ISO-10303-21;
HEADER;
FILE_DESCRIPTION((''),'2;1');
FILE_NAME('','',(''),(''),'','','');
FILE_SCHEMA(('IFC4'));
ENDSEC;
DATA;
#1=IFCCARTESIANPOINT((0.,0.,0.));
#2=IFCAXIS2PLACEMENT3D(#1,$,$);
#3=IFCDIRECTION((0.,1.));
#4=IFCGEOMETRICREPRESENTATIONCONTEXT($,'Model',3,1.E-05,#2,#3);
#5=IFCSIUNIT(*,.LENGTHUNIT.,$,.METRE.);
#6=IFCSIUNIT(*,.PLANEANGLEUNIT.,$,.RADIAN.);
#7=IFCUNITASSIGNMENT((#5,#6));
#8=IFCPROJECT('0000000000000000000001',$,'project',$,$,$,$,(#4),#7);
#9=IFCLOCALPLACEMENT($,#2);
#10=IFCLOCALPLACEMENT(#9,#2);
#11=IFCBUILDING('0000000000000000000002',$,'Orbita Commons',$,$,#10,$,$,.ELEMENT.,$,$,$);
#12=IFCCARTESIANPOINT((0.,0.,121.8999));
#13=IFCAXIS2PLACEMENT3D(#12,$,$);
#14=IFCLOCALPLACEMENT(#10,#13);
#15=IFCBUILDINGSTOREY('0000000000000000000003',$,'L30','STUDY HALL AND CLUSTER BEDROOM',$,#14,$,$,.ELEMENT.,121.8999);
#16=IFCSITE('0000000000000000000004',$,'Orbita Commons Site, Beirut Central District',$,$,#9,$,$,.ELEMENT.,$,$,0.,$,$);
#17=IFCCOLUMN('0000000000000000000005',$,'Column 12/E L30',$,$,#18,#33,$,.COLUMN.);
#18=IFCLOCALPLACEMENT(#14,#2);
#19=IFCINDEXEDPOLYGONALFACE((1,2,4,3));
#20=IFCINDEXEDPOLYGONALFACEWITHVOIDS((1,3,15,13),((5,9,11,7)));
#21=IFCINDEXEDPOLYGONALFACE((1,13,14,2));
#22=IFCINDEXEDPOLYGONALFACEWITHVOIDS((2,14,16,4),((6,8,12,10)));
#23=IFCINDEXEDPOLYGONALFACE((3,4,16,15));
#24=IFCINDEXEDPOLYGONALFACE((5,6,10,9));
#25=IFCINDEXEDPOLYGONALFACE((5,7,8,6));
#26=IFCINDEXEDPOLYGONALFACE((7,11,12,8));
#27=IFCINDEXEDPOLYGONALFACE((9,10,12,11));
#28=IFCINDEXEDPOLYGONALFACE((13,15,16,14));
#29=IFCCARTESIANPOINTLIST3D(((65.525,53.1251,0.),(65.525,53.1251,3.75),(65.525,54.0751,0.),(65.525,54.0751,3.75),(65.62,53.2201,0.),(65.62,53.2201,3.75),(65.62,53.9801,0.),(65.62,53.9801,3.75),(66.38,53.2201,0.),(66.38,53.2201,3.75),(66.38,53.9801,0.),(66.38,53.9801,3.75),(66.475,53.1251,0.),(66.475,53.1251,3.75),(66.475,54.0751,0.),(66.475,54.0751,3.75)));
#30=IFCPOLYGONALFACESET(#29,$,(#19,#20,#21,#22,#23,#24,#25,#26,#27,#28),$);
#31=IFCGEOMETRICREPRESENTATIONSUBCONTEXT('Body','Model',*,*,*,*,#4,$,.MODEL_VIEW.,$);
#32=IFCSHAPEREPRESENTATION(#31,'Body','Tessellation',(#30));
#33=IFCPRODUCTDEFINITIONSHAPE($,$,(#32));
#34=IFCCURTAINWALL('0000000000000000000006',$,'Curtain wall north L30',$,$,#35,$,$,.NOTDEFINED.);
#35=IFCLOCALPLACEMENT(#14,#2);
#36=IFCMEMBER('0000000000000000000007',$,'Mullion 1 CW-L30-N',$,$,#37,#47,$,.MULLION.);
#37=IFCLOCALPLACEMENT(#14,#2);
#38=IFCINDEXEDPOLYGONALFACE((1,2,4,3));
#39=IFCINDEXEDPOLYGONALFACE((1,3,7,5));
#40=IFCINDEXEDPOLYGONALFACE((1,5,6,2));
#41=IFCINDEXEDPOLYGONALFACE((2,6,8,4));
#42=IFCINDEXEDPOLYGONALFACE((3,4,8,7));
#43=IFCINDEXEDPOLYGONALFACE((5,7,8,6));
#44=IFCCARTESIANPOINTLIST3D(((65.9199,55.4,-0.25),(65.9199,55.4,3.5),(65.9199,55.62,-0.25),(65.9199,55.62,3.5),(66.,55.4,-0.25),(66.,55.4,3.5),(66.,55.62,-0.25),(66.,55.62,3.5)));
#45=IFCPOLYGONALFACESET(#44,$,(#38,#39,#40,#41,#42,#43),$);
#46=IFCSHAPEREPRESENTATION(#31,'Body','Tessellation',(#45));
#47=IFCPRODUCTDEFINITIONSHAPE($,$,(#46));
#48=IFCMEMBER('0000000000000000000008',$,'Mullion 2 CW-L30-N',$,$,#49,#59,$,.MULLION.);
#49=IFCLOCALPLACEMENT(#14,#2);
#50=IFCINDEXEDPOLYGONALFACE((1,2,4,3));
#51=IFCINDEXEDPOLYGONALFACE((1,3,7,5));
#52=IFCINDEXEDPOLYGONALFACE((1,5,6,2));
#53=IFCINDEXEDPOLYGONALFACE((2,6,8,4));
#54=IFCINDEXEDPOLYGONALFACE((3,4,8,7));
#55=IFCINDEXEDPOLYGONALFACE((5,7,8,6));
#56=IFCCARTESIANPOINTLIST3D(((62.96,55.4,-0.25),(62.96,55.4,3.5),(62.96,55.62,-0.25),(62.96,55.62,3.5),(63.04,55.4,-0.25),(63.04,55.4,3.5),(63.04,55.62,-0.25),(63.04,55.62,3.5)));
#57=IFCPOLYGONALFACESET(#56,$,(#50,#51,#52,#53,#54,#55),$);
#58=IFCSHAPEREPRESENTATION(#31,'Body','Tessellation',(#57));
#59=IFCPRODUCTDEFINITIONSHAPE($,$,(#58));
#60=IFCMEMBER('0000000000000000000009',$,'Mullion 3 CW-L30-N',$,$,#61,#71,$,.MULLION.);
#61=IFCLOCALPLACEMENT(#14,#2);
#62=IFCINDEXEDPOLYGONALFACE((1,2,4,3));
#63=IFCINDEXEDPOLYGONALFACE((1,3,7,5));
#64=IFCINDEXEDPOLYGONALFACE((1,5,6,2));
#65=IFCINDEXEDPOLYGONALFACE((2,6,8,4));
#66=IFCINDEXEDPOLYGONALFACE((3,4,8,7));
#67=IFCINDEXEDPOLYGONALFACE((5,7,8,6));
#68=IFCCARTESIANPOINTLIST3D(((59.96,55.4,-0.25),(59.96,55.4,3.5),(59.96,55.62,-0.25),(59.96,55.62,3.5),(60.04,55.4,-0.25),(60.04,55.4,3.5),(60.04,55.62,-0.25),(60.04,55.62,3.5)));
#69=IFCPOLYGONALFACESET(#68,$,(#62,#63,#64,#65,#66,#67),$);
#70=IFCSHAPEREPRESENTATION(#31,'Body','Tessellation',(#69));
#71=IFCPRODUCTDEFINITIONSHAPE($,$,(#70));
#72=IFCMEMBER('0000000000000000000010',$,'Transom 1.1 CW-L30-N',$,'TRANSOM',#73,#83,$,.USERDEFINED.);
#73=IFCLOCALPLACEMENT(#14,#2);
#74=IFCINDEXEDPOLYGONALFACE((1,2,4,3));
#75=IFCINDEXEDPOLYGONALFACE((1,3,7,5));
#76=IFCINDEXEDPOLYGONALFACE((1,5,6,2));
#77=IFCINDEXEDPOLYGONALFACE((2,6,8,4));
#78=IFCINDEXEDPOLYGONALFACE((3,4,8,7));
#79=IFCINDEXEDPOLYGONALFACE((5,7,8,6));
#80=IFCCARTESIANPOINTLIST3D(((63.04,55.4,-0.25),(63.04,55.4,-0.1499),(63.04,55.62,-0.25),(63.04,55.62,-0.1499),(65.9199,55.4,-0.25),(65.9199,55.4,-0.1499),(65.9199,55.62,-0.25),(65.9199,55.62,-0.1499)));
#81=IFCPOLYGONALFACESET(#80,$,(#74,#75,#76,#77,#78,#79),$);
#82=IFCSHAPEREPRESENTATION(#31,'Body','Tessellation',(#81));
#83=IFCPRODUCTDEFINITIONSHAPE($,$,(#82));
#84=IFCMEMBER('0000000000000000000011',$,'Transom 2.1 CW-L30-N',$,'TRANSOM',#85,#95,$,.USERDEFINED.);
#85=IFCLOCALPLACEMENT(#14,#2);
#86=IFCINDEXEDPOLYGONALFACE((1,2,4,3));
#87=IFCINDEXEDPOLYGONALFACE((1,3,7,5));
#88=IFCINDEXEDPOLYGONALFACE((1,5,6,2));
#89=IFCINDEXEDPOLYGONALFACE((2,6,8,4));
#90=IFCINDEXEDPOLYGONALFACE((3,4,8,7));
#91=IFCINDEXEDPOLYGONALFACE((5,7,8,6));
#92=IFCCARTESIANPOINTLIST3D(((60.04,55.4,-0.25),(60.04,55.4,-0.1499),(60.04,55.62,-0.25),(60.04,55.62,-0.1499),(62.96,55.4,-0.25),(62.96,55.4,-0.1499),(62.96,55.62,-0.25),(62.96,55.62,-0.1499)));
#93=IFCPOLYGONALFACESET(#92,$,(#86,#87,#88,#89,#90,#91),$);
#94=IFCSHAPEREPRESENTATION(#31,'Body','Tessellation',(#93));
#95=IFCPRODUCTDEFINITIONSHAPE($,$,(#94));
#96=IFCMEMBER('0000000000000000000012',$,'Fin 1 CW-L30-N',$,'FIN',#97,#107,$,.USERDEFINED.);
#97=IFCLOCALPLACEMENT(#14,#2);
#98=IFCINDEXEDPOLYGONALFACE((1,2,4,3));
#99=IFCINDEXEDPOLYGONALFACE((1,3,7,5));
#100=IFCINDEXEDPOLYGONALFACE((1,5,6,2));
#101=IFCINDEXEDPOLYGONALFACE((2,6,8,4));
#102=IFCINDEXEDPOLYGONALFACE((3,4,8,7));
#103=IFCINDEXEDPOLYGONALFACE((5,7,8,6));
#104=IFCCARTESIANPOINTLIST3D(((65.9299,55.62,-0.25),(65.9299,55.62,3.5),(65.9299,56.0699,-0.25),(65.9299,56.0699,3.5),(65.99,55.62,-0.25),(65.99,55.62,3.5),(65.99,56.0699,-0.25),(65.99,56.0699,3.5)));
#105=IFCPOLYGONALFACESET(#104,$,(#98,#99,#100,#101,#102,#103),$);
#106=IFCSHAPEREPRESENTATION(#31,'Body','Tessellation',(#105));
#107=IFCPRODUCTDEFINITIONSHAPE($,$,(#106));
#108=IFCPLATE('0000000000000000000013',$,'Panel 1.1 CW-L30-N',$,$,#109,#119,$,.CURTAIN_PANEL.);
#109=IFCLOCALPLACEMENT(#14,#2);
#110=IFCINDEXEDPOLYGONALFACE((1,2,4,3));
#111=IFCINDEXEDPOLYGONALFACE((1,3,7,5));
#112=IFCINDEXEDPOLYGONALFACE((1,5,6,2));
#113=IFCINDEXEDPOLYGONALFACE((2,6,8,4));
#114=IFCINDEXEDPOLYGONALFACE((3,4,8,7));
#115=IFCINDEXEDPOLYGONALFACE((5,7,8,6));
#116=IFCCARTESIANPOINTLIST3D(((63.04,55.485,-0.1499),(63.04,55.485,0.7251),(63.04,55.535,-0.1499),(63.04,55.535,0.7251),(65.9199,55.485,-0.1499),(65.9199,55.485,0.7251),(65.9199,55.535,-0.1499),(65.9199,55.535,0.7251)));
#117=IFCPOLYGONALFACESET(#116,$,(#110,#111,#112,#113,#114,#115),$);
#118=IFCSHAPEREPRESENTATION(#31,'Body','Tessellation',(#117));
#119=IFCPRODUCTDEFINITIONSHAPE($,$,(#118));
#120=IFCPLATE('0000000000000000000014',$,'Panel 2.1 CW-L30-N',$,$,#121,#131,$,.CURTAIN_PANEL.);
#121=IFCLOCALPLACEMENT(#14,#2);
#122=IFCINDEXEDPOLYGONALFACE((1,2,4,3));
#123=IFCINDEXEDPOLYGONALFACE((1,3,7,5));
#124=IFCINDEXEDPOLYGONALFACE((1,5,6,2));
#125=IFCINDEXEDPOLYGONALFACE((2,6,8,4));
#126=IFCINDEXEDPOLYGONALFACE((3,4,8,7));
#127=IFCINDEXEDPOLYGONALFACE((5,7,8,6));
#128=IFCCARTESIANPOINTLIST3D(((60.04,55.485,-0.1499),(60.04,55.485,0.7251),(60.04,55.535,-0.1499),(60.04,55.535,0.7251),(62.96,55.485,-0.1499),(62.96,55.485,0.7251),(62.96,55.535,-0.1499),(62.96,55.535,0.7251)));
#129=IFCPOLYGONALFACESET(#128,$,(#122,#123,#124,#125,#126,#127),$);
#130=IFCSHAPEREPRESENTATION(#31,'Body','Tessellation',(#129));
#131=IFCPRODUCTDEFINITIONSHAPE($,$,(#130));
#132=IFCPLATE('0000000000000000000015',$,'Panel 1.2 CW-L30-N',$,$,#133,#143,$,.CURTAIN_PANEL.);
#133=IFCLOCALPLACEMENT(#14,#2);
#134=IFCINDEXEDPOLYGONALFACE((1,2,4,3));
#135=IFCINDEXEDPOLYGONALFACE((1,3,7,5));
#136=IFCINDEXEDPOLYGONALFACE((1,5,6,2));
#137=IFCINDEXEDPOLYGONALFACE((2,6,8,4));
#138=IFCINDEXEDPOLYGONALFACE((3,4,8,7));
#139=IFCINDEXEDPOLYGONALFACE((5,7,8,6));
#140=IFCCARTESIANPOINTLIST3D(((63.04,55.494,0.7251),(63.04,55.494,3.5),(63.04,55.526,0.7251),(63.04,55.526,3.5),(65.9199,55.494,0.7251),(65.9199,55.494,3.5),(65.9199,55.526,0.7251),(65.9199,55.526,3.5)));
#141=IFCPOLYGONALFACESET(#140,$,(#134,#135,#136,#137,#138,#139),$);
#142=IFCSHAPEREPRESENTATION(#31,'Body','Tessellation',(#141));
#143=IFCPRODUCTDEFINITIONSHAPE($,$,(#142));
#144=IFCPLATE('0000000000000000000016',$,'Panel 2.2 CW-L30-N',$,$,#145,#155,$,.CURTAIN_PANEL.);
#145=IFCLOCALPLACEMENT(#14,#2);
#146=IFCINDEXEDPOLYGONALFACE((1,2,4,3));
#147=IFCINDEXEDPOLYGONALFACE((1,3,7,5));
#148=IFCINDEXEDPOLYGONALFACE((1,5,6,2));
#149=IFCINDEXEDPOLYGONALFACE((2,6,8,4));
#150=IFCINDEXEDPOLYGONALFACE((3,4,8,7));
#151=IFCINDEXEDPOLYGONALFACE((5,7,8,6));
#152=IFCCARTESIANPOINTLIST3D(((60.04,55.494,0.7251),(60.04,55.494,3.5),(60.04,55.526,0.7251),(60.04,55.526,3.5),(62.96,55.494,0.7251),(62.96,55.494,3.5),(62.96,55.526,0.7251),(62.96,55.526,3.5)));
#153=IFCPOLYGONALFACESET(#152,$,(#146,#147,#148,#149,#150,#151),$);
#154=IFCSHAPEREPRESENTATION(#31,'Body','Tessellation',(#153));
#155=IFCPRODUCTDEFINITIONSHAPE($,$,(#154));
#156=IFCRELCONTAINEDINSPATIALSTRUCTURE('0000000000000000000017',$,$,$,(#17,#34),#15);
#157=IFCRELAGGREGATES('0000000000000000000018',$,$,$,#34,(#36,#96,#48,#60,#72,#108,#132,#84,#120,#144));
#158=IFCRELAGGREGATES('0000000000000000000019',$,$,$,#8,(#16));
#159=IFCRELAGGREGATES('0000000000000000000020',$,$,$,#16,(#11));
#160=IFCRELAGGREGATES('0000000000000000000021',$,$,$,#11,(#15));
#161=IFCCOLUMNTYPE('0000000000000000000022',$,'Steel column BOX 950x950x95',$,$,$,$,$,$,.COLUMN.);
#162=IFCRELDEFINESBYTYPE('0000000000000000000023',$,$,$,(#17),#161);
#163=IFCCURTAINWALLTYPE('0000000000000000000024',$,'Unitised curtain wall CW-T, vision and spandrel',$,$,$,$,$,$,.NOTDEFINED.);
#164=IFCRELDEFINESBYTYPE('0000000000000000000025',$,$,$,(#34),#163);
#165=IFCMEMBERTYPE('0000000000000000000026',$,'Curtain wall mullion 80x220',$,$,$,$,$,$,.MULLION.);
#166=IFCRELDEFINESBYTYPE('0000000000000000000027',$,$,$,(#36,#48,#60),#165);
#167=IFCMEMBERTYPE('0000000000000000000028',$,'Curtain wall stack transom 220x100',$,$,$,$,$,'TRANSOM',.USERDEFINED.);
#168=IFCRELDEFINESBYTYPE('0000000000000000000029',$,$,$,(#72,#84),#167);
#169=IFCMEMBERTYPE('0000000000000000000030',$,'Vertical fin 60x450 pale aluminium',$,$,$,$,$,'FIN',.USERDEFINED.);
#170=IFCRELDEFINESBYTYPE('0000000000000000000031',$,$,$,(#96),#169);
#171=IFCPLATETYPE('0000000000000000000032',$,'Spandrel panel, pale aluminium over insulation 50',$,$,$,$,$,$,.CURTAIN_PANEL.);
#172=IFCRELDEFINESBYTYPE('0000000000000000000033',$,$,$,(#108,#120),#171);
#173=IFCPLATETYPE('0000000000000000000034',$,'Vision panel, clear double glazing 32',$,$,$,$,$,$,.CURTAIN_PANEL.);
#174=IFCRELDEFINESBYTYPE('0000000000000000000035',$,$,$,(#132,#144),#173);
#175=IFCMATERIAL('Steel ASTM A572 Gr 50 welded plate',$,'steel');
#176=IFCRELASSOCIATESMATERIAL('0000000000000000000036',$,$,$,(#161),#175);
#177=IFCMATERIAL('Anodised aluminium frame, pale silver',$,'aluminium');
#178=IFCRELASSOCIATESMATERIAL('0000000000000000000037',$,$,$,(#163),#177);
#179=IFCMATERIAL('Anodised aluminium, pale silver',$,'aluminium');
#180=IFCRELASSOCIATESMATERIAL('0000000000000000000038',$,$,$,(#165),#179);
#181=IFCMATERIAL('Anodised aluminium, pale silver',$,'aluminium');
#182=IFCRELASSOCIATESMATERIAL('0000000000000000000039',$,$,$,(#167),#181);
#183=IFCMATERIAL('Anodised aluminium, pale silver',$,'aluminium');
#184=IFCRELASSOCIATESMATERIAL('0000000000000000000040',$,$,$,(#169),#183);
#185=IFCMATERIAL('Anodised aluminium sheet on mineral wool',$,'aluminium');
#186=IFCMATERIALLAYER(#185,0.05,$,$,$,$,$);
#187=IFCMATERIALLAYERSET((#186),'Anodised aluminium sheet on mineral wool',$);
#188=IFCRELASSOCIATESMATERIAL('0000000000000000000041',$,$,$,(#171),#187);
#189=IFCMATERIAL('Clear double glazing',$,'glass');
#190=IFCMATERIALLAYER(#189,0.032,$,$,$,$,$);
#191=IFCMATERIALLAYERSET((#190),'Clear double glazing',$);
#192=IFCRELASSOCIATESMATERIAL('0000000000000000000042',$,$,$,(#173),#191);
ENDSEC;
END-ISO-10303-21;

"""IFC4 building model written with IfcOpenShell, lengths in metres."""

from ifc_helpers import new_model, si_unit, direction, frame, origin, origin_2d, place, context, subcontext, project, spatial, rectangle, hollow_rectangle, extrude, material, layer, layer_set, material_profile, profile_set, type_object, element, aggregate, save


model = new_model("IFC4")

# Units and contexts
model_context = context("Model", 3, precision=1e-05, world=origin(), true_north=direction((0.0, 1.0)))
body_context = subcontext(model_context, "Body", "Model", "MODEL_VIEW")
ifc_project = project(units=[si_unit("LENGTHUNIT", "METRE"), si_unit("PLANEANGLEUNIT", "RADIAN")], contexts=[model_context])

# Site, building, storey
site_placement = place(None, origin())
site = spatial("IfcSite", under=ifc_project, at=site_placement, Name="Orbita Commons Site, Beirut Central District", CompositionType="ELEMENT", RefElevation=0.0)
building_placement = place(site_placement, origin())
building = spatial("IfcBuilding", under=site, at=building_placement, Name="Orbita Commons", CompositionType="ELEMENT")
storey_placement = place(building_placement, frame((0.0, 0.0, 121.8999)))
storey = spatial("IfcBuildingStorey", under=building, at=storey_placement, Name="L30", Description="STUDY HALL AND CLUSTER BEDROOM", CompositionType="ELEMENT", Elevation=121.8999)

# Column
ifc_material_1 = material(Name="Steel ASTM A572 Gr 50 welded plate", Category="steel")
ifc_material_profile_1 = material_profile(ifc_material_1, hollow_rectangle(XDim=0.95, YDim=0.95, WallThickness=0.095, at=origin_2d()), Name="BOX 950x950x95")
ifc_profile_set_1 = profile_set([ifc_material_profile_1], Name="Steel ASTM A572 Gr 50 welded plate")
column_type = type_object("IfcColumnType", Name="Steel column BOX 950x950x95", PredefinedType="COLUMN", material=ifc_profile_set_1)
column_placement = place(storey_placement, frame((66.0, 53.6001, 0.0), z_axis=(0.0, 0.0, 1.0), x_axis=(1.0, 0.0, 0.0)))
element("IfcColumn", 1, at=column_placement, inside=storey, type_object=column_type, Name="Column 12/E L30", PredefinedType="COLUMN", context=body_context, shape_type="SweptSolid", body=[
    extrude(hollow_rectangle(XDim=0.95, YDim=0.95, WallThickness=0.095, at=origin_2d()), origin(), (0.0, 0.0, 1.0), 3.75),
])

# Curtain wall, members, plates
ifc_material_2 = material(Name="Anodised aluminium frame, pale silver", Category="aluminium")
curtain_wall_type = type_object("IfcCurtainWallType", Name="Unitised curtain wall CW-T, vision and spandrel", PredefinedType="NOTDEFINED", material=ifc_material_2)
curtain_wall_placement = place(storey_placement, origin())
curtain_wall = element("IfcCurtainWall", 2, at=curtain_wall_placement, inside=storey, type_object=curtain_wall_type, Name="Curtain wall north L30", PredefinedType="NOTDEFINED")
ifc_material_3 = material(Name="Anodised aluminium, pale silver", Category="aluminium")
ifc_material_profile_2 = material_profile(ifc_material_3, rectangle(XDim=0.0801, YDim=0.22, at=origin_2d()), Name="AL 80x220")
ifc_profile_set_2 = profile_set([ifc_material_profile_2], Name="Anodised aluminium, pale silver")
member_type_1 = type_object("IfcMemberType", Name="Curtain wall mullion 80x220", PredefinedType="MULLION", material=ifc_profile_set_2)
member_1_placement = place(storey_placement, frame((65.96, 55.51, -0.25), z_axis=(0.0, 0.0, 1.0), x_axis=(-1.0, 0.0, 0.0)))
member_1 = element("IfcMember", 3, at=member_1_placement, type_object=member_type_1, Name="Mullion 1 CW-L30-N", PredefinedType="MULLION", context=body_context, shape_type="SweptSolid", body=[
    extrude(rectangle(XDim=0.0801, YDim=0.22, at=origin_2d()), origin(), (0.0, 0.0, 1.0), 3.75),
])
member_2_placement = place(storey_placement, frame((63.0, 55.51, -0.25), z_axis=(0.0, 0.0, 1.0), x_axis=(-1.0, 0.0, 0.0)))
member_2 = element("IfcMember", 4, at=member_2_placement, type_object=member_type_1, Name="Mullion 2 CW-L30-N", PredefinedType="MULLION", context=body_context, shape_type="SweptSolid", body=[
    extrude(rectangle(XDim=0.0801, YDim=0.22, at=origin_2d()), origin(), (0.0, 0.0, 1.0), 3.75),
])
member_3_placement = place(storey_placement, frame((60.0, 55.51, -0.25), z_axis=(0.0, 0.0, 1.0), x_axis=(-1.0, 0.0, 0.0)))
member_3 = element("IfcMember", 5, at=member_3_placement, type_object=member_type_1, Name="Mullion 3 CW-L30-N", PredefinedType="MULLION", context=body_context, shape_type="SweptSolid", body=[
    extrude(rectangle(XDim=0.0801, YDim=0.22, at=origin_2d()), origin(), (0.0, 0.0, 1.0), 3.75),
])
ifc_material_4 = material(Name="Anodised aluminium, pale silver", Category="aluminium")
ifc_material_profile_3 = material_profile(ifc_material_4, rectangle(XDim=0.22, YDim=0.1001, at=origin_2d()), Name="AL 220x100")
ifc_profile_set_3 = profile_set([ifc_material_profile_3], Name="Anodised aluminium, pale silver")
member_type_2 = type_object("IfcMemberType", Name="Curtain wall stack transom 220x100", ElementType="TRANSOM", PredefinedType="USERDEFINED", material=ifc_profile_set_3)
member_4_placement = place(storey_placement, frame((65.9199, 55.51, -0.2), z_axis=(-1.0, 0.0, 0.0), x_axis=(0.0, -1.0, 0.0)))
member_4 = element("IfcMember", 6, at=member_4_placement, type_object=member_type_2, Name="Transom 1.1 CW-L30-N", ObjectType="TRANSOM", PredefinedType="USERDEFINED", context=body_context, shape_type="SweptSolid", body=[
    extrude(rectangle(XDim=0.22, YDim=0.1001, at=origin_2d()), origin(), (0.0, 0.0, 1.0), 2.8799),
])
member_5_placement = place(storey_placement, frame((62.96, 55.51, -0.2), z_axis=(-1.0, 0.0, 0.0), x_axis=(0.0, -1.0, 0.0)))
member_5 = element("IfcMember", 7, at=member_5_placement, type_object=member_type_2, Name="Transom 2.1 CW-L30-N", ObjectType="TRANSOM", PredefinedType="USERDEFINED", context=body_context, shape_type="SweptSolid", body=[
    extrude(rectangle(XDim=0.22, YDim=0.1001, at=origin_2d()), origin(), (0.0, 0.0, 1.0), 2.9199),
])
ifc_material_5 = material(Name="Anodised aluminium, pale silver", Category="aluminium")
ifc_material_profile_4 = material_profile(ifc_material_5, rectangle(XDim=0.0601, YDim=0.45, at=origin_2d()), Name="FIN 60x450")
ifc_profile_set_4 = profile_set([ifc_material_profile_4], Name="Anodised aluminium, pale silver")
member_type_3 = type_object("IfcMemberType", Name="Vertical fin 60x450 pale aluminium", ElementType="FIN", PredefinedType="USERDEFINED", material=ifc_profile_set_4)
member_6_placement = place(storey_placement, frame((65.96, 55.845, -0.25), z_axis=(0.0, 0.0, 1.0), x_axis=(-1.0, 0.0, 0.0)))
member_6 = element("IfcMember", 8, at=member_6_placement, type_object=member_type_3, Name="Fin 1 CW-L30-N", ObjectType="FIN", PredefinedType="USERDEFINED", context=body_context, shape_type="SweptSolid", body=[
    extrude(rectangle(XDim=0.0601, YDim=0.45, at=origin_2d()), origin(), (0.0, 0.0, 1.0), 3.75),
])
ifc_material_6 = material(Name="Anodised aluminium sheet on mineral wool", Category="aluminium")
ifc_layer_1 = layer(ifc_material_6, 0.05)
ifc_layer_set_1 = layer_set([ifc_layer_1], Name="Anodised aluminium sheet on mineral wool")
plate_type_1 = type_object("IfcPlateType", Name="Spandrel panel, pale aluminium over insulation 50", PredefinedType="CURTAIN_PANEL", material=ifc_layer_set_1)
plate_1_placement = place(storey_placement, frame((64.48, 55.51, -0.1499), z_axis=(0.0, 0.0, 1.0), x_axis=(-1.0, 0.0, 0.0)))
plate_1 = element("IfcPlate", 9, at=plate_1_placement, type_object=plate_type_1, Name="Panel 1.1 CW-L30-N", PredefinedType="CURTAIN_PANEL", context=body_context, shape_type="SweptSolid", body=[
    extrude(rectangle(XDim=2.8799, YDim=0.05, at=origin_2d()), origin(), (0.0, 0.0, 1.0), 0.875),
])
plate_2_placement = place(storey_placement, frame((61.5, 55.51, -0.1499), z_axis=(0.0, 0.0, 1.0), x_axis=(-1.0, 0.0, 0.0)))
plate_2 = element("IfcPlate", 10, at=plate_2_placement, type_object=plate_type_1, Name="Panel 2.1 CW-L30-N", PredefinedType="CURTAIN_PANEL", context=body_context, shape_type="SweptSolid", body=[
    extrude(rectangle(XDim=2.9199, YDim=0.05, at=origin_2d()), origin(), (0.0, 0.0, 1.0), 0.875),
])
ifc_material_7 = material(Name="Clear double glazing", Category="glass")
ifc_layer_2 = layer(ifc_material_7, 0.032)
ifc_layer_set_2 = layer_set([ifc_layer_2], Name="Clear double glazing")
plate_type_2 = type_object("IfcPlateType", Name="Vision panel, clear double glazing 32", PredefinedType="CURTAIN_PANEL", material=ifc_layer_set_2)
plate_3_placement = place(storey_placement, frame((64.48, 55.51, 0.7251), z_axis=(0.0, 0.0, 1.0), x_axis=(-1.0, 0.0, 0.0)))
plate_3 = element("IfcPlate", 11, at=plate_3_placement, type_object=plate_type_2, Name="Panel 1.2 CW-L30-N", PredefinedType="CURTAIN_PANEL", context=body_context, shape_type="SweptSolid", body=[
    extrude(rectangle(XDim=2.8799, YDim=0.032, at=origin_2d()), origin(), (0.0, 0.0, 1.0), 2.7749),
])
plate_4_placement = place(storey_placement, frame((61.5, 55.51, 0.7251), z_axis=(0.0, 0.0, 1.0), x_axis=(-1.0, 0.0, 0.0)))
plate_4 = element("IfcPlate", 12, at=plate_4_placement, type_object=plate_type_2, Name="Panel 2.2 CW-L30-N", PredefinedType="CURTAIN_PANEL", context=body_context, shape_type="SweptSolid", body=[
    extrude(rectangle(XDim=2.9199, YDim=0.032, at=origin_2d()), origin(), (0.0, 0.0, 1.0), 2.7749),
])
aggregate(curtain_wall, [member_1, member_6, member_2, member_3, member_4, plate_1, plate_3, member_5, plate_2, plate_4])

save(model, "model.ifc")
